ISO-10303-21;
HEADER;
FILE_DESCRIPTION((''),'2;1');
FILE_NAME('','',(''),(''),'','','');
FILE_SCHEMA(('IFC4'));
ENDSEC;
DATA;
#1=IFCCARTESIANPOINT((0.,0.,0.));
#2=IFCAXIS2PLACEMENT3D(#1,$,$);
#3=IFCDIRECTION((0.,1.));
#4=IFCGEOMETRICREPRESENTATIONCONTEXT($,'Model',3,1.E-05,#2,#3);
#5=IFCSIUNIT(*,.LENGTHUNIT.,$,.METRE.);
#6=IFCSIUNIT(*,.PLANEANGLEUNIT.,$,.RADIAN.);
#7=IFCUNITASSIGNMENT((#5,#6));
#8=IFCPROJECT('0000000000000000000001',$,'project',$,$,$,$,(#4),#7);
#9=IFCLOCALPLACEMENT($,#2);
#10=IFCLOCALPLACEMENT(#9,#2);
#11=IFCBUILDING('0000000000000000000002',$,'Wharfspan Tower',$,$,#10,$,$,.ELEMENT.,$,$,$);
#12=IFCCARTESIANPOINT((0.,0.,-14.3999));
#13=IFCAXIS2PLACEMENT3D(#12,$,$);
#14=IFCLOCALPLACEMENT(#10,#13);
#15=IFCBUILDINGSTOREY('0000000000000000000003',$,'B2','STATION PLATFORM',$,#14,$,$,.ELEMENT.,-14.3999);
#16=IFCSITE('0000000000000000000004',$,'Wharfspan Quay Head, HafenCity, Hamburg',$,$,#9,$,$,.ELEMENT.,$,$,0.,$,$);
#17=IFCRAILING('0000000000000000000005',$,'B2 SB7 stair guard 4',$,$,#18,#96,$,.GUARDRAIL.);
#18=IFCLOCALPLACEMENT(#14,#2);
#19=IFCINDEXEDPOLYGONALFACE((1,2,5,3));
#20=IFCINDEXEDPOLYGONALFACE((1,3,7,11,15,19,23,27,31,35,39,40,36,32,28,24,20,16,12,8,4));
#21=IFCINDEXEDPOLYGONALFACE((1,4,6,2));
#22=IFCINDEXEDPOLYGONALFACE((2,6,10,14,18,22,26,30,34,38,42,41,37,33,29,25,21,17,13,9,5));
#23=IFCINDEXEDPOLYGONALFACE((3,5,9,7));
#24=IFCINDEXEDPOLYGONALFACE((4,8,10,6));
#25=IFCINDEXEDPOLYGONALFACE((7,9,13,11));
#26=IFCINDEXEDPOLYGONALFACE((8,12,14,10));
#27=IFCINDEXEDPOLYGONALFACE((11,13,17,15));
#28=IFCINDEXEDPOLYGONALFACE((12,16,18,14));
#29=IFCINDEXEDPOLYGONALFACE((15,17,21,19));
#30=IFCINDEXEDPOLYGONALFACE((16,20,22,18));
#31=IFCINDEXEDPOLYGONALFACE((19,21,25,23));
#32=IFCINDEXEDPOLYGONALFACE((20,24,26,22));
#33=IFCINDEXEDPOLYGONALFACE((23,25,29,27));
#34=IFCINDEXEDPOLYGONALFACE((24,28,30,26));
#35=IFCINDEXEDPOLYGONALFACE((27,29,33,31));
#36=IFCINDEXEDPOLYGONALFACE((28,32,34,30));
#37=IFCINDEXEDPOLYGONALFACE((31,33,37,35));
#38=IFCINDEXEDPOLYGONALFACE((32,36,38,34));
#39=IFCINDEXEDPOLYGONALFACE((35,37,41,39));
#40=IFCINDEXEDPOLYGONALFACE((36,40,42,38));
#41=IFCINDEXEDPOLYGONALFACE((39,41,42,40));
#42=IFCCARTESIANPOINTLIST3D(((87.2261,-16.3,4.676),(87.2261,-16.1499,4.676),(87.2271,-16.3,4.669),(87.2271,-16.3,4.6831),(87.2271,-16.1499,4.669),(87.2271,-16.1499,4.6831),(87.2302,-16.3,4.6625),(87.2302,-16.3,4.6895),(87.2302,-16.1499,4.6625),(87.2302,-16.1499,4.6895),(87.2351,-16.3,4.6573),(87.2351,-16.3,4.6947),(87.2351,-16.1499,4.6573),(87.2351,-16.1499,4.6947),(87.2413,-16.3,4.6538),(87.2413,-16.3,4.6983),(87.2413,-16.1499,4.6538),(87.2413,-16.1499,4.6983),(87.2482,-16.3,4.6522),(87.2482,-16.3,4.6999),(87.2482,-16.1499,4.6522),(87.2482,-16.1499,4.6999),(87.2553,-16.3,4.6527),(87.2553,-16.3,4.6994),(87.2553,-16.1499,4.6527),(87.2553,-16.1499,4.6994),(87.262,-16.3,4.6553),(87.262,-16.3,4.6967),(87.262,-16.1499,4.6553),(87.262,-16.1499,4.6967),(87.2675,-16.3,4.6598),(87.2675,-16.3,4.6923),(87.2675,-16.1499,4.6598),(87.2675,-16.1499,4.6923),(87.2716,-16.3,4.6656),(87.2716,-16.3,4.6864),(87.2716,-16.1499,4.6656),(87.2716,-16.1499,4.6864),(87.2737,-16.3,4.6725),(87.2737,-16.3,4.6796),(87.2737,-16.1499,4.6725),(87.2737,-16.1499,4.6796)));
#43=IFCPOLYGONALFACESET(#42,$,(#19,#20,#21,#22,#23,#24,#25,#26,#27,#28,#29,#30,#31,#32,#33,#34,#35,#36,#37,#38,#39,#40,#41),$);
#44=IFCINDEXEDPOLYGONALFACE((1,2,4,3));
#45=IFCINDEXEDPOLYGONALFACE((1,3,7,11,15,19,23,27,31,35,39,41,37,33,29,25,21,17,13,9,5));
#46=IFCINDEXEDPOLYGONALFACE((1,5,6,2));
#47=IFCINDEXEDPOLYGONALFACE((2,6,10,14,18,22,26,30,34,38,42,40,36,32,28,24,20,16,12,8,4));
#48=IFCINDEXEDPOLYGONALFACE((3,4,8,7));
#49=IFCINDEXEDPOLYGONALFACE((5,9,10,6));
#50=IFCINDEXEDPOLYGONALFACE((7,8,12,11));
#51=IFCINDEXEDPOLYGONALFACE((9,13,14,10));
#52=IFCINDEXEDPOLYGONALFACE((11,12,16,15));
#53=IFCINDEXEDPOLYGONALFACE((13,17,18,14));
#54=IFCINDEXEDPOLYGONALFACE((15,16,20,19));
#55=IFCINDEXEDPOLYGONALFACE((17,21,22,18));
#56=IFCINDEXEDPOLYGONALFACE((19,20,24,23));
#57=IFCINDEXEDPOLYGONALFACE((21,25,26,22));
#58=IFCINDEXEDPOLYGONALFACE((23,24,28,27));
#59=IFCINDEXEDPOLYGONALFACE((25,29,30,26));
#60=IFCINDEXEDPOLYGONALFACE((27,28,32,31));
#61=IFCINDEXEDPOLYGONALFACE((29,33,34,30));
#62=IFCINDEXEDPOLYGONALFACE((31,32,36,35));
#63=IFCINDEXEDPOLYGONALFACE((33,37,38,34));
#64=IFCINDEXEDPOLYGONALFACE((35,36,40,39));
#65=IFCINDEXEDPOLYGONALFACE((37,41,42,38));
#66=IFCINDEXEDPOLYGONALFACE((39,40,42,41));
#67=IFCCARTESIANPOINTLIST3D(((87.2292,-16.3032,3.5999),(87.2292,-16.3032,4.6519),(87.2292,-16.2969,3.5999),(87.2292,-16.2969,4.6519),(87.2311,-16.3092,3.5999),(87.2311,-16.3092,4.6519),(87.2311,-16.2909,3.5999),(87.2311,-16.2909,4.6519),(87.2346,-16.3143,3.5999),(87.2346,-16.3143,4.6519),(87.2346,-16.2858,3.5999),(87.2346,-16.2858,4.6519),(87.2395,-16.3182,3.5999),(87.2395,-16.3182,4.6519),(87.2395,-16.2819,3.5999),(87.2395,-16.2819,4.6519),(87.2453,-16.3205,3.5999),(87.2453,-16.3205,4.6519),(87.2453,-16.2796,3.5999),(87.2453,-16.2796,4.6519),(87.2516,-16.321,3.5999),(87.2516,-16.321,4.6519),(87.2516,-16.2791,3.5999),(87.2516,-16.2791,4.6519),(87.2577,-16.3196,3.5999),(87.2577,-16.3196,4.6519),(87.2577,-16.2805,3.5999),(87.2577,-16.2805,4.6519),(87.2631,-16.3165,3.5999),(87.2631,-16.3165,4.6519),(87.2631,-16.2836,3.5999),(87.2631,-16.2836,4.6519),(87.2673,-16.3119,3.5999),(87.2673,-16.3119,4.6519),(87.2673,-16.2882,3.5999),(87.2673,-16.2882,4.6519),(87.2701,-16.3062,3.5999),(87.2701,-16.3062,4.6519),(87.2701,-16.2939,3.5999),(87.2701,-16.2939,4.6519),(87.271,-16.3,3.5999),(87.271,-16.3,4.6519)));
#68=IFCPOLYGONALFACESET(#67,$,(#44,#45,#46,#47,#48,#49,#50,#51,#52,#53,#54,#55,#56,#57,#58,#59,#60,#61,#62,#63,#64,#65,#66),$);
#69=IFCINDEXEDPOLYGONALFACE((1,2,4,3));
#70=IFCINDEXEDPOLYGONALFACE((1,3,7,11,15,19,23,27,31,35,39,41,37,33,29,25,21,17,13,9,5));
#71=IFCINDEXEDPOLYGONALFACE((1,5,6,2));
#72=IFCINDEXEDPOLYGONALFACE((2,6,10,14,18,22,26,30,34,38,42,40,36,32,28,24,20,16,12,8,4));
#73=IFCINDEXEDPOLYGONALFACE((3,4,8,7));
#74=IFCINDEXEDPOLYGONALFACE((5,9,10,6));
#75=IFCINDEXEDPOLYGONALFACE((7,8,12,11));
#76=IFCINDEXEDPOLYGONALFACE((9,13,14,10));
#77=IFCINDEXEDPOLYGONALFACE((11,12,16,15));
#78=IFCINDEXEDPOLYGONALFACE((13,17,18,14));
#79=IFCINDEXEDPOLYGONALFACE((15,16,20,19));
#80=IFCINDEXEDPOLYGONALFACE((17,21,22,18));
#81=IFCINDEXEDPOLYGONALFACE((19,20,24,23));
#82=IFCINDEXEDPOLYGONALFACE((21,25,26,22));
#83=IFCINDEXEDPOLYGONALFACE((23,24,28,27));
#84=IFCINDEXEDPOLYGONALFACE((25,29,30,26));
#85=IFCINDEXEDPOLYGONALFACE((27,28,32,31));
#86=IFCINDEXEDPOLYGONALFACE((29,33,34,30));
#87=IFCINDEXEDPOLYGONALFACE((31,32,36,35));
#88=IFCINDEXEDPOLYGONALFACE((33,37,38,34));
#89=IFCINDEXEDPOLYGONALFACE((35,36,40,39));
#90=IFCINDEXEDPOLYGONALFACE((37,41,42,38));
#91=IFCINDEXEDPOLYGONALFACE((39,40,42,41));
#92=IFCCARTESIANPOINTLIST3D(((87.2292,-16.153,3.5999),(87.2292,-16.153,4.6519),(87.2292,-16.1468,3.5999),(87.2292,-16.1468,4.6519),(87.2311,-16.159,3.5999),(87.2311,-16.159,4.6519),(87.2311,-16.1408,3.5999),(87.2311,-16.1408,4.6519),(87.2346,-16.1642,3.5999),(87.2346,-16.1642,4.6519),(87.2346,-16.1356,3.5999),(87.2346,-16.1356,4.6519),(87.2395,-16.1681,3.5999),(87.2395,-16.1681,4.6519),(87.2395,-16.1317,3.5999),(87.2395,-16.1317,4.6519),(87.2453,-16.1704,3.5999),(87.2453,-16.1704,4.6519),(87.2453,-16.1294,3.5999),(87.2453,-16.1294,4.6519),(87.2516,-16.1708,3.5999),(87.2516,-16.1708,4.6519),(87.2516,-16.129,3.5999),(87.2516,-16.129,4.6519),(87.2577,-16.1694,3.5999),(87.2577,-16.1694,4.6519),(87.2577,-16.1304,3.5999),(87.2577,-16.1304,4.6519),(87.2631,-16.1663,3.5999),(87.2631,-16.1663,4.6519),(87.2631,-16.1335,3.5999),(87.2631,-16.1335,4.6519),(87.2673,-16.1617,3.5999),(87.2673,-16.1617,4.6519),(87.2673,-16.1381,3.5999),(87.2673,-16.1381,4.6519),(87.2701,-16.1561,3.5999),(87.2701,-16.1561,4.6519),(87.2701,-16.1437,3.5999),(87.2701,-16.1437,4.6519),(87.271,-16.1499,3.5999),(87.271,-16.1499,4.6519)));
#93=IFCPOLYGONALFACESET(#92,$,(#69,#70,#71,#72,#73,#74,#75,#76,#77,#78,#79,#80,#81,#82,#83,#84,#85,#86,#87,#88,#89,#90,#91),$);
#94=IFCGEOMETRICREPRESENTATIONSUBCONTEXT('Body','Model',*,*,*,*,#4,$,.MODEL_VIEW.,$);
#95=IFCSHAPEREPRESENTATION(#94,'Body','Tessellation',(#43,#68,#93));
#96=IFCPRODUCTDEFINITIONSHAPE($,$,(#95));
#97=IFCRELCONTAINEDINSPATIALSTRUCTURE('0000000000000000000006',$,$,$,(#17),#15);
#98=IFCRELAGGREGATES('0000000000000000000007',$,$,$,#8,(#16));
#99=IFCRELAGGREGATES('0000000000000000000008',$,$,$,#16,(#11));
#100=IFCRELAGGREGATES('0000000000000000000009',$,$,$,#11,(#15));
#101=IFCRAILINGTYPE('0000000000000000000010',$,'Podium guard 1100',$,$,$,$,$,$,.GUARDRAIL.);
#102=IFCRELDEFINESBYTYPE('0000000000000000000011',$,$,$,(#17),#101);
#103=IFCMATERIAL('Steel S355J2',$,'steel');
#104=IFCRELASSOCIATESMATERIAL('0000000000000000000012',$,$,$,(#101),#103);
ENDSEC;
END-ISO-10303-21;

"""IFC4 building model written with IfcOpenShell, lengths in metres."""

from ifc_helpers import new_model, si_unit, direction, frame, origin, origin_2d, place, context, subcontext, project, spatial, circle, extrude, material, type_object, element, save


model = new_model("IFC4")

# Units and contexts
model_context = context("Model", 3, precision=1e-05, world=origin(), true_north=direction((0.0, 1.0)))
body_context = subcontext(model_context, "Body", "Model", "MODEL_VIEW")
ifc_project = project(units=[si_unit("LENGTHUNIT", "METRE"), si_unit("PLANEANGLEUNIT", "RADIAN")], contexts=[model_context])

# Site, building, storey
site_placement = place(None, origin())
site = spatial("IfcSite", under=ifc_project, at=site_placement, Name="Wharfspan Quay Head, HafenCity, Hamburg", CompositionType="ELEMENT", RefElevation=0.0)
building_placement = place(site_placement, origin())
building = spatial("IfcBuilding", under=site, at=building_placement, Name="Wharfspan Tower", CompositionType="ELEMENT")
storey_placement = place(building_placement, frame((0.0, 0.0, -14.3999)))
storey = spatial("IfcBuildingStorey", under=building, at=storey_placement, Name="B2", Description="STATION PLATFORM", CompositionType="ELEMENT", Elevation=-14.3999)

# Railing
ifc_material_1 = material(Name="Steel S355J2", Category="steel")
railing_type_1 = type_object("IfcRailingType", Name="Podium guard 1100", PredefinedType="GUARDRAIL", material=ifc_material_1)
railing_1_placement = place(storey_placement, frame((87.25, -16.3, 3.5999)))
element("IfcRailing", 1, at=railing_1_placement, inside=storey, type_object=railing_type_1, Name="B2 SB7 stair guard 4", PredefinedType="GUARDRAIL", context=body_context, shape_type="SweptSolid", body=[
    extrude(circle(Radius=0.0239, at=origin_2d()), frame((0.0, 0.0, 1.0762), z_axis=(0.0, 1.0, 0.0), x_axis=(-1.0, 0.0, 0.0)), (0.0, 0.0, 1.0), 0.1501),
    extrude(circle(Radius=0.021, at=origin_2d()), origin(), (0.0, 0.0, 1.0), 1.052),
    extrude(circle(Radius=0.021, at=origin_2d()), frame((0.0, 0.1501, 0.0)), (0.0, 0.0, 1.0), 1.052),
])

save(model, "model.ifc")
